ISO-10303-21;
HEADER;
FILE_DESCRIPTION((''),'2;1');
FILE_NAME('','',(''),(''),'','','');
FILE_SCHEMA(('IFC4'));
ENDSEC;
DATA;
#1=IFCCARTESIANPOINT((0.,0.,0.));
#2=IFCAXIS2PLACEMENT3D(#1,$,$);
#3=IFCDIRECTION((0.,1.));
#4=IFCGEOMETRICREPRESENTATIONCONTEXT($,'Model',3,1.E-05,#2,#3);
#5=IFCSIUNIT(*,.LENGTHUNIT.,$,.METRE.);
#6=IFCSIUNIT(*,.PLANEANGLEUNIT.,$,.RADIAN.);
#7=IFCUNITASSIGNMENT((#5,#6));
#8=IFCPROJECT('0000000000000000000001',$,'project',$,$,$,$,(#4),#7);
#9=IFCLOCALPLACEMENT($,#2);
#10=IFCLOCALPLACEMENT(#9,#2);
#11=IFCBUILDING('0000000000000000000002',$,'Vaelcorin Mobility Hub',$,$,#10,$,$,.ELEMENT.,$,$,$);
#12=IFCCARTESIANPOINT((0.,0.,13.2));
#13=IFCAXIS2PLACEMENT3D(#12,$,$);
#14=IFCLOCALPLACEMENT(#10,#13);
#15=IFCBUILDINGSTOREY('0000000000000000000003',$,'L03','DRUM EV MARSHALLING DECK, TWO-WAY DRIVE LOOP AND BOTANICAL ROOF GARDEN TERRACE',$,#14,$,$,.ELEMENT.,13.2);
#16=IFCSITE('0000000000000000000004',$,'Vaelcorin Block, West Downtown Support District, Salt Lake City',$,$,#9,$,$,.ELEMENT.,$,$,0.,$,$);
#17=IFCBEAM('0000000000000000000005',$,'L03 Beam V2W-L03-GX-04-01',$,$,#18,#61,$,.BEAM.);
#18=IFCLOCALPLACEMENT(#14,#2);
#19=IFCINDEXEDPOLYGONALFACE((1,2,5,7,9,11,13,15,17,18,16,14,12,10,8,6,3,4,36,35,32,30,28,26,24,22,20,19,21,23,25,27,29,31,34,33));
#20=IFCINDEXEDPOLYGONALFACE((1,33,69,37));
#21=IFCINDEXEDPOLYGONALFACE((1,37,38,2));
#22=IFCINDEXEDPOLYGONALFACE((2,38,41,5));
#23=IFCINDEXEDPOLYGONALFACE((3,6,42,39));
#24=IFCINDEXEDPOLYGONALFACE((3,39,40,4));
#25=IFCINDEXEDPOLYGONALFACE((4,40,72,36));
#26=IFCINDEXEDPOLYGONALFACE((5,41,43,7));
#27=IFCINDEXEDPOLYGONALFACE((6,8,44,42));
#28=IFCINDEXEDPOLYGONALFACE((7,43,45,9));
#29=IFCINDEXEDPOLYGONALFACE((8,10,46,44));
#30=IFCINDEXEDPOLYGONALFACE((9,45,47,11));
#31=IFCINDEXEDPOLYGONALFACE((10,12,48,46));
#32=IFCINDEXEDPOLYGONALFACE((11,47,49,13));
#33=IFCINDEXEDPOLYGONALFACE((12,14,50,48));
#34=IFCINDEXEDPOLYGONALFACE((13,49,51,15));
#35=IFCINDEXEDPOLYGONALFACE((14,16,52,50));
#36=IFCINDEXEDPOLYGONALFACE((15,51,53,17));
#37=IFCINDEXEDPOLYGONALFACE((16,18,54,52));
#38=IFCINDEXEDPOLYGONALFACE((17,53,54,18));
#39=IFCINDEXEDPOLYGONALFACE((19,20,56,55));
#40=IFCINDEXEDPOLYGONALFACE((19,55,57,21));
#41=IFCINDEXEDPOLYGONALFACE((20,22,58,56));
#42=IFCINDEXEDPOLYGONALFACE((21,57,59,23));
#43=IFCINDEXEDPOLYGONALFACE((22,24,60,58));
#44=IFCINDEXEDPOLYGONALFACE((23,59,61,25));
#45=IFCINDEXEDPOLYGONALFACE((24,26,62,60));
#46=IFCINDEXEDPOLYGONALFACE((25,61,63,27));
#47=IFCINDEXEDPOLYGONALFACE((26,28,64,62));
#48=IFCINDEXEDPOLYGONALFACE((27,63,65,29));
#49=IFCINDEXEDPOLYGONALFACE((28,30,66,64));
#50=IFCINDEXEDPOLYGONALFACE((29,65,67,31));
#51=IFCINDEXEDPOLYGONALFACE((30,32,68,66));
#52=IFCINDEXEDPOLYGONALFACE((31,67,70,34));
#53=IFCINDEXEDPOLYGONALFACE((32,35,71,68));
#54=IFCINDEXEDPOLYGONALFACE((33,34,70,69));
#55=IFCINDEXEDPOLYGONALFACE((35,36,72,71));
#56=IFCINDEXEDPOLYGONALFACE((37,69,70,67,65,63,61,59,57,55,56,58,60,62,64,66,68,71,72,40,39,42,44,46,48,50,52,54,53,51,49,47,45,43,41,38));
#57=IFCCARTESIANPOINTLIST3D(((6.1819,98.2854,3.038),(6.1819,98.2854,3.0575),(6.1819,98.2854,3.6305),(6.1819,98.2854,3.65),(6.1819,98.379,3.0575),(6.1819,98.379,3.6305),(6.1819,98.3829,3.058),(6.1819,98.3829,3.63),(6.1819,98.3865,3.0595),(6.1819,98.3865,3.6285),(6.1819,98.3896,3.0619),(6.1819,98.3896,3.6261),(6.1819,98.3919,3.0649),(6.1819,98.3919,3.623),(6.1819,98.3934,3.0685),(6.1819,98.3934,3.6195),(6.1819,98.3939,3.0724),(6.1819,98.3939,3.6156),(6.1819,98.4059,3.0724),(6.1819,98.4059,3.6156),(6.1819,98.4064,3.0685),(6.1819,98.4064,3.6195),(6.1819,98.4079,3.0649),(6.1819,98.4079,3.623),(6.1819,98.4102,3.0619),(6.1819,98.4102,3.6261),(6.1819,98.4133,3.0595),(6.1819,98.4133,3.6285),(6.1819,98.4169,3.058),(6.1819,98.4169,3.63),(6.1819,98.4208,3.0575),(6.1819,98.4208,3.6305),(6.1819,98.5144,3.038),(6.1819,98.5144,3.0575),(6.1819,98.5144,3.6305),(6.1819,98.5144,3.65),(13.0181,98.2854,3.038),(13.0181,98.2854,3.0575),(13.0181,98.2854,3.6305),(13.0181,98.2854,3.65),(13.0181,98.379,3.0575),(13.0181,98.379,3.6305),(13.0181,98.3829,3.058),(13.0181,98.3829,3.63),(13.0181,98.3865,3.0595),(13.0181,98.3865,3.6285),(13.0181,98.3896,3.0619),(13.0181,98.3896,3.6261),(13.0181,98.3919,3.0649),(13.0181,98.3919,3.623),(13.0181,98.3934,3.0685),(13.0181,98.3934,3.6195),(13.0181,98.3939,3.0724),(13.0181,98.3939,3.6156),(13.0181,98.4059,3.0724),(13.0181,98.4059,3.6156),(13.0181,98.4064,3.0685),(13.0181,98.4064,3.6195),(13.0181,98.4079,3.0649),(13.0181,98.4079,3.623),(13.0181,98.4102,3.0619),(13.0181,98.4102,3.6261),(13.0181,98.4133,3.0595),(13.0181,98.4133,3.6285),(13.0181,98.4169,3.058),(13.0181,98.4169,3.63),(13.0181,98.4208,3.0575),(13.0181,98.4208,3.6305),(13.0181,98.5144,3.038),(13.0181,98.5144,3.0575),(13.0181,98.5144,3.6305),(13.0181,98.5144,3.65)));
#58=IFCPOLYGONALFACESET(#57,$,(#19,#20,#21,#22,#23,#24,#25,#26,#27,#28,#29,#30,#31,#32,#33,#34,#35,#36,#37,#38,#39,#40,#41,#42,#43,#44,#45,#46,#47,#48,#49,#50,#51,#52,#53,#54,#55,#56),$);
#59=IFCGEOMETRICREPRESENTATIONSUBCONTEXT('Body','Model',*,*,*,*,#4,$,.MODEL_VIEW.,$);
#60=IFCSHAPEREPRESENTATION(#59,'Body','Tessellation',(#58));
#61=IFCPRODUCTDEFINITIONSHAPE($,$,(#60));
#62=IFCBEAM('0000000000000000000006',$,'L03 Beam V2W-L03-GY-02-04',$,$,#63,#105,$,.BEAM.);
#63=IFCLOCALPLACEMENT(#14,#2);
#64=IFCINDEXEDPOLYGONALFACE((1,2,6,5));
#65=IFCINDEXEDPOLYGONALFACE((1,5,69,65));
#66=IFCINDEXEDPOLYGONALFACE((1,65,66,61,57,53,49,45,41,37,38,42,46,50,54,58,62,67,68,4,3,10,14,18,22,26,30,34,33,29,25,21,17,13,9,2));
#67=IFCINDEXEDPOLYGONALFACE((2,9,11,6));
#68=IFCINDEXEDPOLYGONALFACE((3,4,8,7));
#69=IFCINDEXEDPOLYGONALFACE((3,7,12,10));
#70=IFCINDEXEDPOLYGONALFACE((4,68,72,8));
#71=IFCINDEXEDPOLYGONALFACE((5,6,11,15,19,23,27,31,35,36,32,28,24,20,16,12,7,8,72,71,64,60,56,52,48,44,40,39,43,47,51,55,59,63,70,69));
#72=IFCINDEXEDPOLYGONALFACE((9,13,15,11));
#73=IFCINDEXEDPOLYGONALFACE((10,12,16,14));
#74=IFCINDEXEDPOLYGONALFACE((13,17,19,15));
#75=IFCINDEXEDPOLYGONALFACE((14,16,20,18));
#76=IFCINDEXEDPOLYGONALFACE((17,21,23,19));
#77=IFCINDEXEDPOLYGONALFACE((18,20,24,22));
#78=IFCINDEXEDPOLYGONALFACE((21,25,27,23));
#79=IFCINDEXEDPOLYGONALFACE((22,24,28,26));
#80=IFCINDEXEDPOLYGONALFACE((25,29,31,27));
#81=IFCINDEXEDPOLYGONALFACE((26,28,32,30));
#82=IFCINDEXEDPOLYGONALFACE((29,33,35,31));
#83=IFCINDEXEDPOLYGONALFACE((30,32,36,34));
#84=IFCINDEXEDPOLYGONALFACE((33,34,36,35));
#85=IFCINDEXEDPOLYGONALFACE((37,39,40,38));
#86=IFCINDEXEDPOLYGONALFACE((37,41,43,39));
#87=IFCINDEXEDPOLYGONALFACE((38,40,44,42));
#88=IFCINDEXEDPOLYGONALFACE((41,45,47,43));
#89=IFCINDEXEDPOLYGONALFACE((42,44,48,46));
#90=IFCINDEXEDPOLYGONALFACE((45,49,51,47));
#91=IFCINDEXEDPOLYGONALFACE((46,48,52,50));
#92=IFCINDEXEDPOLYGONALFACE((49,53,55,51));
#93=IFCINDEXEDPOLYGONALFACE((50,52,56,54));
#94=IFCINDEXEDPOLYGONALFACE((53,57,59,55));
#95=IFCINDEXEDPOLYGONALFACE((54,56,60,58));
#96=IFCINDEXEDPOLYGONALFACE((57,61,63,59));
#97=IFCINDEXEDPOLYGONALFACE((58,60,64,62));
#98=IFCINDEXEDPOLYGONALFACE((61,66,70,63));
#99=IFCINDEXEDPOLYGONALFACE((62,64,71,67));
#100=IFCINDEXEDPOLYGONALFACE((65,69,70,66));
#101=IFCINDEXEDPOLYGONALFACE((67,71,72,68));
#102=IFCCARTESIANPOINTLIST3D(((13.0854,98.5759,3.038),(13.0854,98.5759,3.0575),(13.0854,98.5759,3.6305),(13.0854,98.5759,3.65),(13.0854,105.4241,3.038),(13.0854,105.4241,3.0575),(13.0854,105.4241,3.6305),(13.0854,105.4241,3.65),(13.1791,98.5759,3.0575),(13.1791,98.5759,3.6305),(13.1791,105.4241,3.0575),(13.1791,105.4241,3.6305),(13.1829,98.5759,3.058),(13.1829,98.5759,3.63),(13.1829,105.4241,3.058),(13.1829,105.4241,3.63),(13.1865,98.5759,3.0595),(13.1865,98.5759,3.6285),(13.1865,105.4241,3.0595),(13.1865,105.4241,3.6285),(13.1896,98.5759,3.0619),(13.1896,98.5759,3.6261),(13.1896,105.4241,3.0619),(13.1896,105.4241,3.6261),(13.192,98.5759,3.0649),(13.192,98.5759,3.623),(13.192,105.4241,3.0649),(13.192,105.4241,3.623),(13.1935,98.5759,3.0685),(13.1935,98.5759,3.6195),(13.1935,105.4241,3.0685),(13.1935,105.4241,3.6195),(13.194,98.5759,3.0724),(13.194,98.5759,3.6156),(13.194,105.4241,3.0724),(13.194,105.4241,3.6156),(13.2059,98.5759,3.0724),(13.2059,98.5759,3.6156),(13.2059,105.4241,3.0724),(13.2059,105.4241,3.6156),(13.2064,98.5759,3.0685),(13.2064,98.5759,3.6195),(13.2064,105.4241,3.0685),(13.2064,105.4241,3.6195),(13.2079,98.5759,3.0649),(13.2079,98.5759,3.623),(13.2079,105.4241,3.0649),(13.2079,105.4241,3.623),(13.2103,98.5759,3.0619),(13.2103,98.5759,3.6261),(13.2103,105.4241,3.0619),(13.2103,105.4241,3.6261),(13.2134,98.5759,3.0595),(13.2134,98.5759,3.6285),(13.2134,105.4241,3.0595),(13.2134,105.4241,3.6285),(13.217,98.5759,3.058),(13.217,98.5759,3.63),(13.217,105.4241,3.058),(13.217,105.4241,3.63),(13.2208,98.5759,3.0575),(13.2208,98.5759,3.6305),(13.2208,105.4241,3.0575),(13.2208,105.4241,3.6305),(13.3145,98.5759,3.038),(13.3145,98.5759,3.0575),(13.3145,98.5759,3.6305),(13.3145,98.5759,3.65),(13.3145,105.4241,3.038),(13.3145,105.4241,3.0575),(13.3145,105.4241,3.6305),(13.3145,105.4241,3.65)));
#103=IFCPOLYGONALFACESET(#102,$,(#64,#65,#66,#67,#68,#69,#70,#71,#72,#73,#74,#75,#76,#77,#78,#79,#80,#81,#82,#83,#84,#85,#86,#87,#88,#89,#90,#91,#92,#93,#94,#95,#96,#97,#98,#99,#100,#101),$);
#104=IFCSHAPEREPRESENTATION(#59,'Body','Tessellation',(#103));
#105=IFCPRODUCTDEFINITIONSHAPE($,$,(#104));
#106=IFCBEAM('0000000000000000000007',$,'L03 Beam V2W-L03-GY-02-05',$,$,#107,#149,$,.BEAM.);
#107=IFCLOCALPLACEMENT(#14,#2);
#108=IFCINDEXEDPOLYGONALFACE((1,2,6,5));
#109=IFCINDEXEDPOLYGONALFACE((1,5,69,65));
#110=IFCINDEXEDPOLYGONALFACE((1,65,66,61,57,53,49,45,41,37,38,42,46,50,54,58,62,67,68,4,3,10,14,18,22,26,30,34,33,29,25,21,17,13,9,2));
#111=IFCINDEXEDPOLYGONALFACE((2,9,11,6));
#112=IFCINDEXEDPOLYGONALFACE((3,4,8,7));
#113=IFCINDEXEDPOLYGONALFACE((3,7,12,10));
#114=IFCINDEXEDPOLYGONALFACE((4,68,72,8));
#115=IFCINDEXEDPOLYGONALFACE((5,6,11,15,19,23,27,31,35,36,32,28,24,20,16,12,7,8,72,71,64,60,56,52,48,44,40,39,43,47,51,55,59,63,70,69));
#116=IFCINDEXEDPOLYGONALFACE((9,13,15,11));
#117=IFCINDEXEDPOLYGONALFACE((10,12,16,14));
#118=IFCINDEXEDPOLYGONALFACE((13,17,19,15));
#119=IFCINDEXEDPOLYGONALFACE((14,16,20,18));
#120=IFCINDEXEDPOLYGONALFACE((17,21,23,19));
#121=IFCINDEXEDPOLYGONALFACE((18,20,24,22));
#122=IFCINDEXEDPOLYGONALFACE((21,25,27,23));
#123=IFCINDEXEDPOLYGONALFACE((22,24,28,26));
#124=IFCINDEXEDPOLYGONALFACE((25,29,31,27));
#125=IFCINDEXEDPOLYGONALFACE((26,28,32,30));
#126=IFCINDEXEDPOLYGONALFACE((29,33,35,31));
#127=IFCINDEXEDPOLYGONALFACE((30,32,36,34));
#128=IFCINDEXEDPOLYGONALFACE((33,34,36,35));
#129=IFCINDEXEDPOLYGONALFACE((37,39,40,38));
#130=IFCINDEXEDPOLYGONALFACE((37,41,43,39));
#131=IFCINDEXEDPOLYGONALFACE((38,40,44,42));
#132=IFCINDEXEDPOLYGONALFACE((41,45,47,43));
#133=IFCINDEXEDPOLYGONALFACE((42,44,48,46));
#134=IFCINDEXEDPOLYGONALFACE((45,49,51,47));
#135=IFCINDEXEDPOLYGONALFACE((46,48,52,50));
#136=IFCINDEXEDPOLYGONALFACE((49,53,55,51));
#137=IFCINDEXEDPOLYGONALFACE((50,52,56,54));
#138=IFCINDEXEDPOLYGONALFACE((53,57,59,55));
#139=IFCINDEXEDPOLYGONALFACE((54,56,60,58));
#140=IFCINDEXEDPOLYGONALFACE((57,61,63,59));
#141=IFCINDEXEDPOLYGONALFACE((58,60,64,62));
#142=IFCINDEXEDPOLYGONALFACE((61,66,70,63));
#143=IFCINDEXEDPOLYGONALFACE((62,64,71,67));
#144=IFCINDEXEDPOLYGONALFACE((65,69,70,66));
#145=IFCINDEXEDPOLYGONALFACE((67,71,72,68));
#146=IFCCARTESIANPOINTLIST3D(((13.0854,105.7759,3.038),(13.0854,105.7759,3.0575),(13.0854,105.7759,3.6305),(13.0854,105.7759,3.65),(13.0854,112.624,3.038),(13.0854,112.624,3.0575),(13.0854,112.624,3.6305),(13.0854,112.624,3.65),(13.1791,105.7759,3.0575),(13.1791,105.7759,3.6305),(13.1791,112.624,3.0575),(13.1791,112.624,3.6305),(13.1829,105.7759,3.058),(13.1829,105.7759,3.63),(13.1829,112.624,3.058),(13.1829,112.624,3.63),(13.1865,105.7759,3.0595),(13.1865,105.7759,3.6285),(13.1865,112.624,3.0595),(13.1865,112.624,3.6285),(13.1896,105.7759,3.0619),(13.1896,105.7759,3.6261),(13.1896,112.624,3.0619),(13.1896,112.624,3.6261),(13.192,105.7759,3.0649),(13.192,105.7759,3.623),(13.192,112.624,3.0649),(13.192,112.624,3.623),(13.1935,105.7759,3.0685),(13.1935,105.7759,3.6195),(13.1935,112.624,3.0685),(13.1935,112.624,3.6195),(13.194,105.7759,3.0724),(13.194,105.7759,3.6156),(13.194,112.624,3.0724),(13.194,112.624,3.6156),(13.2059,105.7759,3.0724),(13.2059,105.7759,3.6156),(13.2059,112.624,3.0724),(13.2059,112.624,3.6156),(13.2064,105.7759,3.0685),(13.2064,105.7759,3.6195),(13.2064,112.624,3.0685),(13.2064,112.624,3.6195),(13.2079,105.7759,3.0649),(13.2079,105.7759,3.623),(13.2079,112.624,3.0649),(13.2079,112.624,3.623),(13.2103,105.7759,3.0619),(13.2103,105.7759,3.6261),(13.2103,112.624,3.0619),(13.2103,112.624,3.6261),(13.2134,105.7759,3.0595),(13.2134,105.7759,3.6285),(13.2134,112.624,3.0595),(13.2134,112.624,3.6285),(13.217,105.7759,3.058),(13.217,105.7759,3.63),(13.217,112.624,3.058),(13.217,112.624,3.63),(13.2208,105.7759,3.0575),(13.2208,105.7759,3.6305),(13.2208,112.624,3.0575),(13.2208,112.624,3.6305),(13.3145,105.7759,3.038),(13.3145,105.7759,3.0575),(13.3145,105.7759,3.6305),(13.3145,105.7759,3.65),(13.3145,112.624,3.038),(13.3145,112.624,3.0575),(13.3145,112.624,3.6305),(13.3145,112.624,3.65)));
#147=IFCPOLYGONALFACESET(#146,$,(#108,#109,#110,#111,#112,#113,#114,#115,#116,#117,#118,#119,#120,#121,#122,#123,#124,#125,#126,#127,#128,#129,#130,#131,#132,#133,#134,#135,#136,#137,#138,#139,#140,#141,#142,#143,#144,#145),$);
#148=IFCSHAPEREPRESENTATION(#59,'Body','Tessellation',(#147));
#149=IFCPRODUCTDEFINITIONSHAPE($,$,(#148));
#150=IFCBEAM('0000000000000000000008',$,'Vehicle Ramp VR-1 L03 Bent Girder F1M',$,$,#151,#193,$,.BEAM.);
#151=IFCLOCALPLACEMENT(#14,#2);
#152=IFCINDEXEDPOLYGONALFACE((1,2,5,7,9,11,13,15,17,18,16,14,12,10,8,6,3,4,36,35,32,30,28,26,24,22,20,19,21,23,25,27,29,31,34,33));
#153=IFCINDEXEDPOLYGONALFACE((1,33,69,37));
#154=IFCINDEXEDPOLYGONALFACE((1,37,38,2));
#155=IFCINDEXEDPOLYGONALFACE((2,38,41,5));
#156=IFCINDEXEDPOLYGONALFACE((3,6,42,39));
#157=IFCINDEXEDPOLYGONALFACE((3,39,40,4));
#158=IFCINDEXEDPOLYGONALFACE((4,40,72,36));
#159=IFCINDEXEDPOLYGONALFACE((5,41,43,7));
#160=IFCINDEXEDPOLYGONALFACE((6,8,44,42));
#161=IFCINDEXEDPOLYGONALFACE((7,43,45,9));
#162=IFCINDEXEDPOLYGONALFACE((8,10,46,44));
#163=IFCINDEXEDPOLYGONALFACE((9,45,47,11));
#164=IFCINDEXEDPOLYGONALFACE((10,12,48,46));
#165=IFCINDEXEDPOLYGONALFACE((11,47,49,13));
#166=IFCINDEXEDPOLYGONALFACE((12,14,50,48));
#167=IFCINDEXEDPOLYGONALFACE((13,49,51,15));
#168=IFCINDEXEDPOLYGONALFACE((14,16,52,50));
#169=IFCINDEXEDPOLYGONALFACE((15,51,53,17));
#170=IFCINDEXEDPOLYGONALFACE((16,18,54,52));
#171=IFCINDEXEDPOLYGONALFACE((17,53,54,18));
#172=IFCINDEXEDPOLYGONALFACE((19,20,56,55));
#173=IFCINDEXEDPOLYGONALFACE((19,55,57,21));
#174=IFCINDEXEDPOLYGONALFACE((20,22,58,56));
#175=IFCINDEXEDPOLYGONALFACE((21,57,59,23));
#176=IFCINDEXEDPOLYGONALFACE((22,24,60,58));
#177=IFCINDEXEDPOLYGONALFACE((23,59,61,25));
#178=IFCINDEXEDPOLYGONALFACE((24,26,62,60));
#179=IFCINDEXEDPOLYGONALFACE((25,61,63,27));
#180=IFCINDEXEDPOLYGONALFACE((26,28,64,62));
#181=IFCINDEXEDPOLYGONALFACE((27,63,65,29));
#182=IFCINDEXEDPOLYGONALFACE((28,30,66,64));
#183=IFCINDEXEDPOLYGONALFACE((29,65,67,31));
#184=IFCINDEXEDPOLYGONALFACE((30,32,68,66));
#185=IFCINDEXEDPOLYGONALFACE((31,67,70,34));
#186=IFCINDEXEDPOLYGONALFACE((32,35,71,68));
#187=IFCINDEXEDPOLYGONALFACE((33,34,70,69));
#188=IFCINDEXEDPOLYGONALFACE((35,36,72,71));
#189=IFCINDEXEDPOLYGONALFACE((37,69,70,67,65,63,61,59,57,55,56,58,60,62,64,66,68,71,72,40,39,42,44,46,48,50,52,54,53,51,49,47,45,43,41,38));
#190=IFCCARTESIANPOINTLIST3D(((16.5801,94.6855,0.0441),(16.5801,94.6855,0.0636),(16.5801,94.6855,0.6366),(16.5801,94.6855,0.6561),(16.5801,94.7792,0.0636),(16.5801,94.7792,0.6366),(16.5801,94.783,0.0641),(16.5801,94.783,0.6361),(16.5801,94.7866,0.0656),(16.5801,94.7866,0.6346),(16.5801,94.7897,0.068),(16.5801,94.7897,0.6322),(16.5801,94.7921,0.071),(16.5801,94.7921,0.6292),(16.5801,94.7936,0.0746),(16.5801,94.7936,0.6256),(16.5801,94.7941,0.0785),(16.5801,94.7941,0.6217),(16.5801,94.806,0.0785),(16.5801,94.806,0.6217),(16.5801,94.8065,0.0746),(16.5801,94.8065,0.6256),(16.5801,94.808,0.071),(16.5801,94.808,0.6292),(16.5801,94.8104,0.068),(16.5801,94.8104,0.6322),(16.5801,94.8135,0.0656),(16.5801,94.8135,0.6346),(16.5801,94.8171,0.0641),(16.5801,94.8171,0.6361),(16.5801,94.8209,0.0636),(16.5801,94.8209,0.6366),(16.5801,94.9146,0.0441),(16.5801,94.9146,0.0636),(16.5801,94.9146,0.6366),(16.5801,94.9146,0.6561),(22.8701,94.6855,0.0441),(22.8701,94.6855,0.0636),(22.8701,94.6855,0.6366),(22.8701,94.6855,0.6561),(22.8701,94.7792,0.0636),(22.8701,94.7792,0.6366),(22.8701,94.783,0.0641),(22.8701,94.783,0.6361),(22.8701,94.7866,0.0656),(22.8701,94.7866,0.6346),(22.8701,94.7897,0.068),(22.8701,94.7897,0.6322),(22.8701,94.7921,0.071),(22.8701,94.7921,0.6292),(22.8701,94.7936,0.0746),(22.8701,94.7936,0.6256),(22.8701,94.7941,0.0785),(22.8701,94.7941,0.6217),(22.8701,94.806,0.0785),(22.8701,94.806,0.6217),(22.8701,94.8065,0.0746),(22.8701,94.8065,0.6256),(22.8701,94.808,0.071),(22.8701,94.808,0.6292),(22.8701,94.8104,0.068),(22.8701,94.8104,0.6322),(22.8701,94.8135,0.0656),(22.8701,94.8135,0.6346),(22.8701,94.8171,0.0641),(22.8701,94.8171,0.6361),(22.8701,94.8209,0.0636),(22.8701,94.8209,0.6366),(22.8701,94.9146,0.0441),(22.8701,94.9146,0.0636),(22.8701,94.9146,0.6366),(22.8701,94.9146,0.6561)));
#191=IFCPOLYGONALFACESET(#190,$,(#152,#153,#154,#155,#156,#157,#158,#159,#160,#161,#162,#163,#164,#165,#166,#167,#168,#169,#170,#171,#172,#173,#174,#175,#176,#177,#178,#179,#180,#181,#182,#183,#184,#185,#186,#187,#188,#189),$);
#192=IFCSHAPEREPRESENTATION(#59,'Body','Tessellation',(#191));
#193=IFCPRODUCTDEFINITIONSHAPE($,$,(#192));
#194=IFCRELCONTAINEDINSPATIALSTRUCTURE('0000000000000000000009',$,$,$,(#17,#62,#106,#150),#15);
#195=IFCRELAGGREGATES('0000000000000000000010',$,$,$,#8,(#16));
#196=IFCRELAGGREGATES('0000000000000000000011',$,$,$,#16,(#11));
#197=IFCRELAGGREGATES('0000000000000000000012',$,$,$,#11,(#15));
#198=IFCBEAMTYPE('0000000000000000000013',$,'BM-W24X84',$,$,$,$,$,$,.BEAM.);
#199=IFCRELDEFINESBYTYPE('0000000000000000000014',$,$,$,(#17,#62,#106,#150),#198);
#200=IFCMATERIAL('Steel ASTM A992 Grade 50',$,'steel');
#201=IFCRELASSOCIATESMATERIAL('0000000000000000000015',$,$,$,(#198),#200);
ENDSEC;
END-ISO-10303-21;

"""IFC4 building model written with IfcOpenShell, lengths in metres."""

from ifc_helpers import new_model, si_unit, direction, frame, origin, origin_2d, place, context, subcontext, project, spatial, i_section, extrude, material, material_profile, profile_set, type_object, element, save


model = new_model("IFC4")

# Units and contexts
model_context = context("Model", 3, precision=1e-05, world=origin(), true_north=direction((0.0, 1.0)))
body_context = subcontext(model_context, "Body", "Model", "MODEL_VIEW")
ifc_project = project(units=[si_unit("LENGTHUNIT", "METRE"), si_unit("PLANEANGLEUNIT", "RADIAN")], contexts=[model_context])

# Site, building, storey
site_placement = place(None, origin())
site = spatial("IfcSite", under=ifc_project, at=site_placement, Name="Vaelcorin Block, West Downtown Support District, Salt Lake City", CompositionType="ELEMENT", RefElevation=0.0)
building_placement = place(site_placement, origin())
building = spatial("IfcBuilding", under=site, at=building_placement, Name="Vaelcorin Mobility Hub", CompositionType="ELEMENT")
storey_placement = place(building_placement, frame((0.0, 0.0, 13.2)))
storey = spatial("IfcBuildingStorey", under=building, at=storey_placement, Name="L03", Description="DRUM EV MARSHALLING DECK, TWO-WAY DRIVE LOOP AND BOTANICAL ROOF GARDEN TERRACE", CompositionType="ELEMENT", Elevation=13.2)

# Shared definitions
ifc_material_1 = material(Name="Steel ASTM A992 Grade 50", Category="steel")

# Beams
ifc_material_profile_1 = material_profile(ifc_material_1, i_section(OverallWidth=0.229, OverallDepth=0.6121, WebThickness=0.012, FlangeThickness=0.0195, FilletRadius=0.0149, at=origin_2d()), Name="W24X84")
ifc_profile_set_1 = profile_set([ifc_material_profile_1], Name="Steel ASTM A992 Grade 50")
beam_type_1 = type_object("IfcBeamType", Name="BM-W24X84", PredefinedType="BEAM", material=ifc_profile_set_1)
beam_1_placement = place(storey_placement, frame((6.1819, 98.3999, 3.344), z_axis=(1.0, 0.0, 0.0), x_axis=(0.0, 1.0, 0.0)))
element("IfcBeam", 1, at=beam_1_placement, inside=storey, type_object=beam_type_1, Name="L03 Beam V2W-L03-GX-04-01", PredefinedType="BEAM", context=body_context, shape_type="SweptSolid", body=[
    extrude(i_section(OverallWidth=0.229, OverallDepth=0.6121, WebThickness=0.012, FlangeThickness=0.0195, FilletRadius=0.0149, at=origin_2d()), origin(), (0.0, 0.0, 1.0), 6.8362),
])
for number, where, z_axis, x_axis, name in (
    (2, (13.2, 98.5759, 3.344), (0.0, 1.0, 0.0), (-1.0, 0.0, 0.0), "L03 Beam V2W-L03-GY-02-04"),
    (3, (13.2, 105.7759, 3.344), (0.0, 1.0, 0.0), (-1.0, 0.0, 0.0), "L03 Beam V2W-L03-GY-02-05"),
):
    element("IfcBeam", number, at=place(storey_placement, frame(where, z_axis=z_axis, x_axis=x_axis)), inside=storey, type_object=beam_type_1, Name=name, PredefinedType="BEAM", context=body_context, shape_type="SweptSolid", body=[
        extrude(i_section(OverallWidth=0.229, OverallDepth=0.6121, WebThickness=0.012, FlangeThickness=0.0195, FilletRadius=0.0149, at=origin_2d()), origin(), (0.0, 0.0, 1.0), 6.8481),
    ])
for number, where, z_axis, x_axis, name in (
    (4, (16.5801, 94.8, 0.3501), (1.0, 0.0, 0.0), (0.0, 1.0, 0.0), "Vehicle Ramp VR-1 L03 Bent Girder F1M"),
):
    element("IfcBeam", number, at=place(storey_placement, frame(where, z_axis=z_axis, x_axis=x_axis)), inside=storey, type_object=beam_type_1, Name=name, PredefinedType="BEAM", context=body_context, shape_type="SweptSolid", body=[
        extrude(i_section(OverallWidth=0.229, OverallDepth=0.6121, WebThickness=0.012, FlangeThickness=0.0195, FilletRadius=0.0149, at=origin_2d()), origin(), (0.0, 0.0, 1.0), 6.29),
    ])

save(model, "model.ifc")
